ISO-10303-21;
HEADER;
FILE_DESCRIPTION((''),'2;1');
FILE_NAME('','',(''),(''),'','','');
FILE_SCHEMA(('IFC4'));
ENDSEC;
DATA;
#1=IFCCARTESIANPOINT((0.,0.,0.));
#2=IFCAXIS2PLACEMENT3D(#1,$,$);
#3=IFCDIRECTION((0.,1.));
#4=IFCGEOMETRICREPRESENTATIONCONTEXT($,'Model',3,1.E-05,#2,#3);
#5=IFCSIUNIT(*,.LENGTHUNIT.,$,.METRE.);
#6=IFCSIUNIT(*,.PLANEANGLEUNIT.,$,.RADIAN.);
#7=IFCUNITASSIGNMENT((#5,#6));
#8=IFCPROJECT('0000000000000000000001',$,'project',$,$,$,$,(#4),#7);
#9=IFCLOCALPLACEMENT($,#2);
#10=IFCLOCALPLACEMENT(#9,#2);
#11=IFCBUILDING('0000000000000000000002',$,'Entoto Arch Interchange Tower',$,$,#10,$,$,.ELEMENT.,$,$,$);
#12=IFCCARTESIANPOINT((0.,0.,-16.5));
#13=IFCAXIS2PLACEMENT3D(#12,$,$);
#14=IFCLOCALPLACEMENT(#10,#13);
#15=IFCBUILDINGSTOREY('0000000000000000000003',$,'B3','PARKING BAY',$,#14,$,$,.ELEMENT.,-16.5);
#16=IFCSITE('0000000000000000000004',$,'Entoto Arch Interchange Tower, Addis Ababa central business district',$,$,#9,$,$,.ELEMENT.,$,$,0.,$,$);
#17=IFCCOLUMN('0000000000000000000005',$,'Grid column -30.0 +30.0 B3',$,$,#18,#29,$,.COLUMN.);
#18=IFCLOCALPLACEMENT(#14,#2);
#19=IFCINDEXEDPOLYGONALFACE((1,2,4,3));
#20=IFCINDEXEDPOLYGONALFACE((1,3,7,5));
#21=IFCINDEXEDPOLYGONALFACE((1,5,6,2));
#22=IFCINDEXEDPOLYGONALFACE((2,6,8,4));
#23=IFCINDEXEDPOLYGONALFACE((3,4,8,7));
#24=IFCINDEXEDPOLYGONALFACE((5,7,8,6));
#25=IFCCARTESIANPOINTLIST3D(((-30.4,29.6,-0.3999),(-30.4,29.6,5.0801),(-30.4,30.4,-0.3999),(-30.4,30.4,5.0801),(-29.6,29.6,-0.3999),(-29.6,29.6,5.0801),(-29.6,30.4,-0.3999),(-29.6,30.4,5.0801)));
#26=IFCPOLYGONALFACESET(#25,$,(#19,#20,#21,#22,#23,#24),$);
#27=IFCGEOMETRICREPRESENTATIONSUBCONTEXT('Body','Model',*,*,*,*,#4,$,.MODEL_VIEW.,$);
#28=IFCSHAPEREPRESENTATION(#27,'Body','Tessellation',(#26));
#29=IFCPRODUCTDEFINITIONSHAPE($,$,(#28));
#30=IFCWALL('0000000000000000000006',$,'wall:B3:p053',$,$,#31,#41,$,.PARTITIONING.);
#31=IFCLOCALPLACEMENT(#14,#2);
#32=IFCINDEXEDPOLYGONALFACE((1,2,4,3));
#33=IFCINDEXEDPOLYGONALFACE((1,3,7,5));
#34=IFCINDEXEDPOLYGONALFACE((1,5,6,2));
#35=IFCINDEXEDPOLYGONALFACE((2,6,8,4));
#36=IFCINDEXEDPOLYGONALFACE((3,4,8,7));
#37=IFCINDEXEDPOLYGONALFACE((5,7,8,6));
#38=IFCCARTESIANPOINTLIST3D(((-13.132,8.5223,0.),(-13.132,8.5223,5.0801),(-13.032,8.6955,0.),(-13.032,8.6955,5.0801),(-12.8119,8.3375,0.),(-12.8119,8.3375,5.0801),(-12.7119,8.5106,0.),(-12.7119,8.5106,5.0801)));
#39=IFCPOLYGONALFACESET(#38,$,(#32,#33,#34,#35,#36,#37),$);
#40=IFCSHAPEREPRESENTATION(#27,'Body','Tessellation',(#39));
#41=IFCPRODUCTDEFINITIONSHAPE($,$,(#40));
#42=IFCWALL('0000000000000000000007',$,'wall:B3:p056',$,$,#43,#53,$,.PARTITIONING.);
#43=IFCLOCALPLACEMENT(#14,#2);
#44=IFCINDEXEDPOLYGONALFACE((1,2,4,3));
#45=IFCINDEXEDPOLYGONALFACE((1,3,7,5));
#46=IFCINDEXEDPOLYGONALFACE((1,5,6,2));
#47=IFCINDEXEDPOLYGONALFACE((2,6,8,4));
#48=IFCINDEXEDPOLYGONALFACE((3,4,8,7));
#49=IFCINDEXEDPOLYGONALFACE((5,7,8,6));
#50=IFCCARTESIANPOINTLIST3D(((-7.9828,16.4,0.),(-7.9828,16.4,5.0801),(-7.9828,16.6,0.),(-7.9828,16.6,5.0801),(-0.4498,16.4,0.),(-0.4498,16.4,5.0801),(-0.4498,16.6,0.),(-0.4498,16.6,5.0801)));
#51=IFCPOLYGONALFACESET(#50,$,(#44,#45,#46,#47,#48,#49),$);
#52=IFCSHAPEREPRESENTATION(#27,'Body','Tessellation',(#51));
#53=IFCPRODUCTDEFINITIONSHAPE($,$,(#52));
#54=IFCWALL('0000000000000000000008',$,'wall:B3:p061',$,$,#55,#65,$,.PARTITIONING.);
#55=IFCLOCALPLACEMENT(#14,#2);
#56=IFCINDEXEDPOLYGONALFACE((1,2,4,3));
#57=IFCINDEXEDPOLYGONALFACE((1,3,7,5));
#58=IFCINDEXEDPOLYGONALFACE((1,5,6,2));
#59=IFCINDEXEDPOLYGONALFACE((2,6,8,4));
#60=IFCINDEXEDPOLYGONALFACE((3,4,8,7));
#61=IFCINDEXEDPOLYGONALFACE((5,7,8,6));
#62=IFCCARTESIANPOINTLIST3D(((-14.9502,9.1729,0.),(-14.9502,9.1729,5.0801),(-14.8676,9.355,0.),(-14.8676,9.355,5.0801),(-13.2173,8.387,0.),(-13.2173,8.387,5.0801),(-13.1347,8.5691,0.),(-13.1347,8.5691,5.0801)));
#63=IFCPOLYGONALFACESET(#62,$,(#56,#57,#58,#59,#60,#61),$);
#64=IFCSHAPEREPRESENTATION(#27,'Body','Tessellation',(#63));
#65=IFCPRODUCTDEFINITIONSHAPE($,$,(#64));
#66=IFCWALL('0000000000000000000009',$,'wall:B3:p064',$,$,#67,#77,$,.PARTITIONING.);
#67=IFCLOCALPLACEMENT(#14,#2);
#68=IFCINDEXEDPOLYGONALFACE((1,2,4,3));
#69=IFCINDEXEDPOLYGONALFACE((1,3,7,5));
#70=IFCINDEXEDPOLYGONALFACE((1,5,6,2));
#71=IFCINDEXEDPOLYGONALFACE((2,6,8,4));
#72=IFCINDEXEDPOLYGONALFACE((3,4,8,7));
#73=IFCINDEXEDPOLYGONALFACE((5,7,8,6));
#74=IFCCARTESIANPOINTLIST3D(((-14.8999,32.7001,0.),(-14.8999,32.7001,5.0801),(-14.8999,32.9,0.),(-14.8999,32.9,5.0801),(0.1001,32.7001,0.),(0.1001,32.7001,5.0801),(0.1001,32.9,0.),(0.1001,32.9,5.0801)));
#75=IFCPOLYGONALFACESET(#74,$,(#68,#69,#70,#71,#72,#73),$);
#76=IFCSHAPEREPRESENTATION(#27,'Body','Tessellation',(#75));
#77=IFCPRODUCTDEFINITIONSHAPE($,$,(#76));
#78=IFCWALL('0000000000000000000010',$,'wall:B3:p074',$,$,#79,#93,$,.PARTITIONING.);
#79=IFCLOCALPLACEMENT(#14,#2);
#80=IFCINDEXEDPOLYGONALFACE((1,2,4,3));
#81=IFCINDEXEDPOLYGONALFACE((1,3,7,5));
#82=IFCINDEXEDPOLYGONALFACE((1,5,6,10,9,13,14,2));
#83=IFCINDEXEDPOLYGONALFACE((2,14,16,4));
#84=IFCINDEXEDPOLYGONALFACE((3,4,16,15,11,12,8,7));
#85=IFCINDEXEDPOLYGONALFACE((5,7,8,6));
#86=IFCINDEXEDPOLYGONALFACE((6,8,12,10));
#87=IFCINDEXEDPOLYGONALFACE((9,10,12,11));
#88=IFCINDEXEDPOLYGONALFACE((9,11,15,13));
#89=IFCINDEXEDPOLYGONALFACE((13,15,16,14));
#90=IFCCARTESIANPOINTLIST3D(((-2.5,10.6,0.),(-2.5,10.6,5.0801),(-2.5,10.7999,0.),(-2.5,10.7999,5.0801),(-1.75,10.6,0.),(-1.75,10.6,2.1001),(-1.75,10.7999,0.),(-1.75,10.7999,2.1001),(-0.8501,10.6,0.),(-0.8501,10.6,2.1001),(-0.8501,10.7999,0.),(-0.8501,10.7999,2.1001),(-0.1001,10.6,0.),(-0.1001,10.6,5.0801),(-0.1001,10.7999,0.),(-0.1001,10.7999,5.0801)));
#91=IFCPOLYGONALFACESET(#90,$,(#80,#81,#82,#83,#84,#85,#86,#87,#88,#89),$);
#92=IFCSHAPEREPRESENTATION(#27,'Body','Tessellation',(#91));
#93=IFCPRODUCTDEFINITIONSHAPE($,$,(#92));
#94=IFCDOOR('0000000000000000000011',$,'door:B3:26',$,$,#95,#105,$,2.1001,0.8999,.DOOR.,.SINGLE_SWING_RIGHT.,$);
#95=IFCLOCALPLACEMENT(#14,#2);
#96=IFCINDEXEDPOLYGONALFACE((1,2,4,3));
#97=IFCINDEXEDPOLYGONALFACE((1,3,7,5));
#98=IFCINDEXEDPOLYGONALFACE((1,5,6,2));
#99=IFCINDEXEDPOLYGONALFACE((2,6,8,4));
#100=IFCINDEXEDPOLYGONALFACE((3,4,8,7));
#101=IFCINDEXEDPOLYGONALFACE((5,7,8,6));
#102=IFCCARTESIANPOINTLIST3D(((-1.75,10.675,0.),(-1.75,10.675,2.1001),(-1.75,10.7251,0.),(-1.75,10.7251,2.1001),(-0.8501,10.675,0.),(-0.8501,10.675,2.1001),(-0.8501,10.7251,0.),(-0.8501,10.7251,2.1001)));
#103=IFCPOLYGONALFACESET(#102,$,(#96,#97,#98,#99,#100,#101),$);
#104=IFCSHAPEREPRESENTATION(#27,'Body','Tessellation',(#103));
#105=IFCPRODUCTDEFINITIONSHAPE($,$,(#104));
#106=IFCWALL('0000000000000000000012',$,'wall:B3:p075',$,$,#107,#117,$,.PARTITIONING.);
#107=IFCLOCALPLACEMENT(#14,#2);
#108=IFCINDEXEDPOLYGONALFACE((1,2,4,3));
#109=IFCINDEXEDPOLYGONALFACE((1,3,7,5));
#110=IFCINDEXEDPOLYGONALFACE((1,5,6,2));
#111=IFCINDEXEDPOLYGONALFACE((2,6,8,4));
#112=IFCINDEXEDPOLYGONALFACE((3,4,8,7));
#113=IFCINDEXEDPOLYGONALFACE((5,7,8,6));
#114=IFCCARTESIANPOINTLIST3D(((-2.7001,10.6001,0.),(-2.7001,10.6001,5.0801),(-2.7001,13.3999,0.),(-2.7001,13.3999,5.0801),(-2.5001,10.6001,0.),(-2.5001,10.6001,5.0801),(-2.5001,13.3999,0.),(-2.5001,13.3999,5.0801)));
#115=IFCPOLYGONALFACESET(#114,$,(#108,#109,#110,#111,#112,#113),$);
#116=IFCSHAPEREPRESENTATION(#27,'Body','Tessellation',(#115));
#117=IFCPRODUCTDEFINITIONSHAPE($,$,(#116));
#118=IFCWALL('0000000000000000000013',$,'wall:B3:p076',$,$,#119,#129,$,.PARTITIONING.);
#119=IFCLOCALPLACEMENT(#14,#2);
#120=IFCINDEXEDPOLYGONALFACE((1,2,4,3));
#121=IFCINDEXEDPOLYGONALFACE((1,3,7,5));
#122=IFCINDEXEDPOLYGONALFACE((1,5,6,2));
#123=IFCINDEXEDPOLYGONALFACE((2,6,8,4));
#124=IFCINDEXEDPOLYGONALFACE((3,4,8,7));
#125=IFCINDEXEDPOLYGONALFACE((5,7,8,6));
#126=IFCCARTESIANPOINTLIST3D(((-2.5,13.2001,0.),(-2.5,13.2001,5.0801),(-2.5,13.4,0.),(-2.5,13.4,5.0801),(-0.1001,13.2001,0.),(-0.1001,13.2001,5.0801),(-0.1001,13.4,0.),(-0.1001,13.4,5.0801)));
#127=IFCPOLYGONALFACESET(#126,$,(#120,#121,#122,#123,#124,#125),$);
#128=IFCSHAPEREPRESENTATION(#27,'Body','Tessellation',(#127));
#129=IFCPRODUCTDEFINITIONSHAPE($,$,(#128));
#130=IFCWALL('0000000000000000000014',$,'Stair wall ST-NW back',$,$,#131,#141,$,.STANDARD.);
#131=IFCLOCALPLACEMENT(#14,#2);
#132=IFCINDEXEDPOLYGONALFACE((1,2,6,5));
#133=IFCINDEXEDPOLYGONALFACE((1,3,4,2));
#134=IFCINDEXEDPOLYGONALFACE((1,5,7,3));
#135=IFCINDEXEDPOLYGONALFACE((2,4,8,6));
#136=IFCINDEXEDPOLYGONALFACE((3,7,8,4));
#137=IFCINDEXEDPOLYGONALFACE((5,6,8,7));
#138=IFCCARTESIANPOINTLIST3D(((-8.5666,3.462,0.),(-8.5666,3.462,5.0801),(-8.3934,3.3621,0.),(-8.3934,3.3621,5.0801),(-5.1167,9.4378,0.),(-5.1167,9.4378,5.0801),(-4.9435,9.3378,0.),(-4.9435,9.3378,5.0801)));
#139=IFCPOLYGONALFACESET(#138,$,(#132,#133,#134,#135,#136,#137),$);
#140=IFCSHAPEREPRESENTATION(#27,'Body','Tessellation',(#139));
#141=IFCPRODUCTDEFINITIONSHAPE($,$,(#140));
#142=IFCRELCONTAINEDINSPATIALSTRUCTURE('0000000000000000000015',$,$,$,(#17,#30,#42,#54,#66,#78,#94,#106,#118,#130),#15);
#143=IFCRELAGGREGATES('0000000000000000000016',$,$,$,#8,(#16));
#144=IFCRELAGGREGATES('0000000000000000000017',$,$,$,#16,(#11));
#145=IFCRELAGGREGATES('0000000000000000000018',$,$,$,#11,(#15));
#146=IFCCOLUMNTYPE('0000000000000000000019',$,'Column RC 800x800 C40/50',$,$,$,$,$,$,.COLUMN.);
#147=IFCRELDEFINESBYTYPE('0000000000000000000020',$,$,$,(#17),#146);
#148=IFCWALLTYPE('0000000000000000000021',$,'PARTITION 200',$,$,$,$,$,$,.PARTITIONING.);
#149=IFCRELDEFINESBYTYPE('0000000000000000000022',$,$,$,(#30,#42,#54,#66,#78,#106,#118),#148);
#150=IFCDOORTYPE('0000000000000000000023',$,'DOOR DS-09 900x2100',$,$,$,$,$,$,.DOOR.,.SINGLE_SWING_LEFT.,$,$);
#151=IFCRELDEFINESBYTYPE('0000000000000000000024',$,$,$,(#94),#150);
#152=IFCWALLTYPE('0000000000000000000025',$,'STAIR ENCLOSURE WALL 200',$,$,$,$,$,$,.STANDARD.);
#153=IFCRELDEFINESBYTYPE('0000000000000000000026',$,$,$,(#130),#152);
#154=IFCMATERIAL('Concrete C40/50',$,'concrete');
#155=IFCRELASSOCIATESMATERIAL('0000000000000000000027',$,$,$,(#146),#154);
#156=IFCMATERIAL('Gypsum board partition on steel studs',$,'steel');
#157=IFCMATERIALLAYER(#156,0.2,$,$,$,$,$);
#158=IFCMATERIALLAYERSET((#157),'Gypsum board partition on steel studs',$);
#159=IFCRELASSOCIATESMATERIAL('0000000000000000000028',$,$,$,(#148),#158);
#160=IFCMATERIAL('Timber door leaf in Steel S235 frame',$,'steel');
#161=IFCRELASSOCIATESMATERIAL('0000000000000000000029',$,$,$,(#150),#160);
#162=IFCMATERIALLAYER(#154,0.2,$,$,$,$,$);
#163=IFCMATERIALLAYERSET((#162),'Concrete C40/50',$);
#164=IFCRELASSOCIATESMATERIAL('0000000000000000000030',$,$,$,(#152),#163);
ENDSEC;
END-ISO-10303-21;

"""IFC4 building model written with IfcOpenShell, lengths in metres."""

from ifc_helpers import new_model, si_unit, direction, frame, frame_2d, origin, origin_2d, place, context, subcontext, project, spatial, rectangle, extrude, material, layer, layer_set, material_profile, profile_set, type_object, element, fill, save


model = new_model("IFC4")

# Units and contexts
model_context = context("Model", 3, precision=1e-05, world=origin(), true_north=direction((0.0, 1.0)))
body_context = subcontext(model_context, "Body", "Model", "MODEL_VIEW")
ifc_project = project(units=[si_unit("LENGTHUNIT", "METRE"), si_unit("PLANEANGLEUNIT", "RADIAN")], contexts=[model_context])

# Site, building, storey
site_placement = place(None, origin())
site = spatial("IfcSite", under=ifc_project, at=site_placement, Name="Entoto Arch Interchange Tower, Addis Ababa central business district", CompositionType="ELEMENT", RefElevation=0.0)
building_placement = place(site_placement, origin())
building = spatial("IfcBuilding", under=site, at=building_placement, Name="Entoto Arch Interchange Tower", CompositionType="ELEMENT")
storey_placement = place(building_placement, frame((0.0, 0.0, -16.5)))
storey = spatial("IfcBuildingStorey", under=building, at=storey_placement, Name="B3", Description="PARKING BAY", CompositionType="ELEMENT", Elevation=-16.5)

# Column
ifc_material_1 = material(Name="Concrete C40/50", Category="concrete")
ifc_material_profile_1 = material_profile(ifc_material_1, rectangle(XDim=0.8, YDim=0.8, at=origin_2d()))
ifc_profile_set_1 = profile_set([ifc_material_profile_1], Name="Concrete C40/50")
column_type_1 = type_object("IfcColumnType", Name="Column RC 800x800 C40/50", PredefinedType="COLUMN", material=ifc_profile_set_1)
for number, where, z_axis, x_axis, name in (
    (1, (-30.0, 30.0, -0.3999), (0.0, 0.0, 1.0), (1.0, 0.0, 0.0), "Grid column -30.0 +30.0 B3"),
):
    element("IfcColumn", number, at=place(storey_placement, frame(where, z_axis=z_axis, x_axis=x_axis)), inside=storey, type_object=column_type_1, Name=name, PredefinedType="COLUMN", context=body_context, shape_type="SweptSolid", body=[
        extrude(rectangle(XDim=0.8, YDim=0.8, at=origin_2d()), origin(), (0.0, 0.0, 1.0), 5.48),
    ])

# Walls
ifc_material_2 = material(Name="Gypsum board partition on steel studs", Category="steel")
ifc_layer_1 = layer(ifc_material_2, 0.2)
ifc_layer_set_1 = layer_set([ifc_layer_1], Name="Gypsum board partition on steel studs")
wall_type_1 = type_object("IfcWallType", Name="PARTITION 200", PredefinedType="PARTITIONING", material=ifc_layer_set_1)
wall_1_placement = place(storey_placement, frame((-13.082, 8.6089, 0.0), z_axis=(0.0, 0.0, 1.0), x_axis=(0.865999, -0.500046, 0.0)))
element("IfcWall", 2, at=wall_1_placement, inside=storey, type_object=wall_type_1, Name="wall:B3:p053", PredefinedType="PARTITIONING", context=body_context, shape_type="SweptSolid", body=[
    extrude(rectangle(XDim=0.3696, YDim=0.2, at=frame_2d((0.1848, 0.0))), origin(), (0.0, 0.0, 1.0), 5.0801),
])
wall_2_placement = place(storey_placement, frame((-7.9829, 16.5, 0.0), z_axis=(0.0, 0.0, 1.0), x_axis=(1.0, 0.0, 0.0)))
element("IfcWall", 3, at=wall_2_placement, inside=storey, type_object=wall_type_1, Name="wall:B3:p056", PredefinedType="PARTITIONING", context=body_context, shape_type="SweptSolid", body=[
    extrude(rectangle(XDim=7.533, YDim=0.2, at=frame_2d((3.7666, 0.0))), origin(), (0.0, 0.0, 1.0), 5.0801),
])
wall_3_placement = place(storey_placement, frame((-14.9089, 9.2639, 0.0), z_axis=(0.0, 0.0, 1.0), x_axis=(0.910722, -0.41302, 0.0)))
element("IfcWall", 4, at=wall_3_placement, inside=storey, type_object=wall_type_1, Name="wall:B3:p061", PredefinedType="PARTITIONING", context=body_context, shape_type="SweptSolid", body=[
    extrude(rectangle(XDim=1.9028, YDim=0.2, at=frame_2d((0.9514, 0.0))), origin(), (0.0, 0.0, 1.0), 5.0801),
])
wall_4_placement = place(storey_placement, frame((-14.8999, 32.8, 0.0), z_axis=(0.0, 0.0, 1.0), x_axis=(1.0, 0.0, 0.0)))
element("IfcWall", 5, at=wall_4_placement, inside=storey, type_object=wall_type_1, Name="wall:B3:p064", PredefinedType="PARTITIONING", context=body_context, shape_type="SweptSolid", body=[
    extrude(rectangle(XDim=15.0, YDim=0.2, at=frame_2d((7.5, 0.0))), origin(), (0.0, 0.0, 1.0), 5.0801),
])

# Wall, opening, door
wall_5_placement = place(storey_placement, frame((-0.1001, 10.7, 0.0), z_axis=(0.0, 0.0, 1.0), x_axis=(-1.0, 0.0, 0.0)))
wall_5 = element("IfcWall", 6, at=wall_5_placement, inside=storey, type_object=wall_type_1, Name="wall:B3:p074", PredefinedType="PARTITIONING", context=body_context, shape_type="SweptSolid", body=[
    extrude(rectangle(XDim=2.3999, YDim=0.2, at=frame_2d((1.2, 0.0))), origin(), (0.0, 0.0, 1.0), 5.0801),
])
opening_placement = place(wall_5_placement, frame((0.75, 0.0, 0.0)))
opening = element("IfcOpeningElement", 7, at=opening_placement, cuts=wall_5, PredefinedType="OPENING", context=body_context, shape_type="SweptSolid", body=[
    extrude(rectangle(XDim=0.8999, YDim=2.1001, at=frame_2d((0.45, 1.05))), frame((0.0, 0.1099, 0.0), z_axis=(0.0, -1.0, 0.0), x_axis=(1.0, 0.0, 0.0)), (0.0, 0.0, 1.0), 0.22),
])
ifc_material_3 = material(Name="Timber door leaf in Steel S235 frame", Category="steel")
door_type = type_object("IfcDoorType", Name="DOOR DS-09 900x2100", OperationType="SINGLE_SWING_LEFT", PredefinedType="DOOR", material=ifc_material_3)
door_placement = place(opening_placement, origin())
door = element("IfcDoor", 8, at=door_placement, inside=storey, type_object=door_type, Name="door:B3:26", OperationType="SINGLE_SWING_RIGHT", OverallHeight=2.1001, OverallWidth=0.8999, PredefinedType="DOOR", context=body_context, shape_type="SweptSolid", body=[
    extrude(rectangle(XDim=0.8999, YDim=2.1001, at=frame_2d((0.45, 1.05))), frame((0.0, 0.0249, 0.0), z_axis=(0.0, -1.0, 0.0), x_axis=(1.0, 0.0, 0.0)), (0.0, 0.0, 1.0), 0.05),
])
fill(opening, door)

# Walls
wall_6_placement = place(storey_placement, frame((-2.6001, 10.6001, 0.0), z_axis=(0.0, 0.0, 1.0), x_axis=(0.0, 1.0, 0.0)))
element("IfcWall", 9, at=wall_6_placement, inside=storey, type_object=wall_type_1, Name="wall:B3:p075", PredefinedType="PARTITIONING", context=body_context, shape_type="SweptSolid", body=[
    extrude(rectangle(XDim=2.7998, YDim=0.2, at=frame_2d((1.3999, 0.0))), origin(), (0.0, 0.0, 1.0), 5.0801),
])
wall_7_placement = place(storey_placement, frame((-2.5, 13.3, 0.0), z_axis=(0.0, 0.0, 1.0), x_axis=(1.0, 0.0, 0.0)))
element("IfcWall", 10, at=wall_7_placement, inside=storey, type_object=wall_type_1, Name="wall:B3:p076", PredefinedType="PARTITIONING", context=body_context, shape_type="SweptSolid", body=[
    extrude(rectangle(XDim=2.3999, YDim=0.2, at=frame_2d((1.2, 0.0))), origin(), (0.0, 0.0, 1.0), 5.0801),
])
ifc_layer_2 = layer(ifc_material_1, 0.2)
ifc_layer_set_2 = layer_set([ifc_layer_2], Name="Concrete C40/50")
wall_type_2 = type_object("IfcWallType", Name="STAIR ENCLOSURE WALL 200", PredefinedType="STANDARD", material=ifc_layer_set_2)
wall_8_placement = place(storey_placement, frame((-5.03, 9.3879, 0.0), z_axis=(0.0, 0.0, 1.0), x_axis=(-0.499979, -0.866038, 0.0)))
element("IfcWall", 11, at=wall_8_placement, inside=storey, type_object=wall_type_2, Name="Stair wall ST-NW back", PredefinedType="STANDARD", context=body_context, shape_type="SweptSolid", body=[
    extrude(rectangle(XDim=6.9001, YDim=0.2, at=frame_2d((3.4502, 0.0))), origin(), (0.0, 0.0, 1.0), 5.0801),
])

save(model, "model.ifc")
